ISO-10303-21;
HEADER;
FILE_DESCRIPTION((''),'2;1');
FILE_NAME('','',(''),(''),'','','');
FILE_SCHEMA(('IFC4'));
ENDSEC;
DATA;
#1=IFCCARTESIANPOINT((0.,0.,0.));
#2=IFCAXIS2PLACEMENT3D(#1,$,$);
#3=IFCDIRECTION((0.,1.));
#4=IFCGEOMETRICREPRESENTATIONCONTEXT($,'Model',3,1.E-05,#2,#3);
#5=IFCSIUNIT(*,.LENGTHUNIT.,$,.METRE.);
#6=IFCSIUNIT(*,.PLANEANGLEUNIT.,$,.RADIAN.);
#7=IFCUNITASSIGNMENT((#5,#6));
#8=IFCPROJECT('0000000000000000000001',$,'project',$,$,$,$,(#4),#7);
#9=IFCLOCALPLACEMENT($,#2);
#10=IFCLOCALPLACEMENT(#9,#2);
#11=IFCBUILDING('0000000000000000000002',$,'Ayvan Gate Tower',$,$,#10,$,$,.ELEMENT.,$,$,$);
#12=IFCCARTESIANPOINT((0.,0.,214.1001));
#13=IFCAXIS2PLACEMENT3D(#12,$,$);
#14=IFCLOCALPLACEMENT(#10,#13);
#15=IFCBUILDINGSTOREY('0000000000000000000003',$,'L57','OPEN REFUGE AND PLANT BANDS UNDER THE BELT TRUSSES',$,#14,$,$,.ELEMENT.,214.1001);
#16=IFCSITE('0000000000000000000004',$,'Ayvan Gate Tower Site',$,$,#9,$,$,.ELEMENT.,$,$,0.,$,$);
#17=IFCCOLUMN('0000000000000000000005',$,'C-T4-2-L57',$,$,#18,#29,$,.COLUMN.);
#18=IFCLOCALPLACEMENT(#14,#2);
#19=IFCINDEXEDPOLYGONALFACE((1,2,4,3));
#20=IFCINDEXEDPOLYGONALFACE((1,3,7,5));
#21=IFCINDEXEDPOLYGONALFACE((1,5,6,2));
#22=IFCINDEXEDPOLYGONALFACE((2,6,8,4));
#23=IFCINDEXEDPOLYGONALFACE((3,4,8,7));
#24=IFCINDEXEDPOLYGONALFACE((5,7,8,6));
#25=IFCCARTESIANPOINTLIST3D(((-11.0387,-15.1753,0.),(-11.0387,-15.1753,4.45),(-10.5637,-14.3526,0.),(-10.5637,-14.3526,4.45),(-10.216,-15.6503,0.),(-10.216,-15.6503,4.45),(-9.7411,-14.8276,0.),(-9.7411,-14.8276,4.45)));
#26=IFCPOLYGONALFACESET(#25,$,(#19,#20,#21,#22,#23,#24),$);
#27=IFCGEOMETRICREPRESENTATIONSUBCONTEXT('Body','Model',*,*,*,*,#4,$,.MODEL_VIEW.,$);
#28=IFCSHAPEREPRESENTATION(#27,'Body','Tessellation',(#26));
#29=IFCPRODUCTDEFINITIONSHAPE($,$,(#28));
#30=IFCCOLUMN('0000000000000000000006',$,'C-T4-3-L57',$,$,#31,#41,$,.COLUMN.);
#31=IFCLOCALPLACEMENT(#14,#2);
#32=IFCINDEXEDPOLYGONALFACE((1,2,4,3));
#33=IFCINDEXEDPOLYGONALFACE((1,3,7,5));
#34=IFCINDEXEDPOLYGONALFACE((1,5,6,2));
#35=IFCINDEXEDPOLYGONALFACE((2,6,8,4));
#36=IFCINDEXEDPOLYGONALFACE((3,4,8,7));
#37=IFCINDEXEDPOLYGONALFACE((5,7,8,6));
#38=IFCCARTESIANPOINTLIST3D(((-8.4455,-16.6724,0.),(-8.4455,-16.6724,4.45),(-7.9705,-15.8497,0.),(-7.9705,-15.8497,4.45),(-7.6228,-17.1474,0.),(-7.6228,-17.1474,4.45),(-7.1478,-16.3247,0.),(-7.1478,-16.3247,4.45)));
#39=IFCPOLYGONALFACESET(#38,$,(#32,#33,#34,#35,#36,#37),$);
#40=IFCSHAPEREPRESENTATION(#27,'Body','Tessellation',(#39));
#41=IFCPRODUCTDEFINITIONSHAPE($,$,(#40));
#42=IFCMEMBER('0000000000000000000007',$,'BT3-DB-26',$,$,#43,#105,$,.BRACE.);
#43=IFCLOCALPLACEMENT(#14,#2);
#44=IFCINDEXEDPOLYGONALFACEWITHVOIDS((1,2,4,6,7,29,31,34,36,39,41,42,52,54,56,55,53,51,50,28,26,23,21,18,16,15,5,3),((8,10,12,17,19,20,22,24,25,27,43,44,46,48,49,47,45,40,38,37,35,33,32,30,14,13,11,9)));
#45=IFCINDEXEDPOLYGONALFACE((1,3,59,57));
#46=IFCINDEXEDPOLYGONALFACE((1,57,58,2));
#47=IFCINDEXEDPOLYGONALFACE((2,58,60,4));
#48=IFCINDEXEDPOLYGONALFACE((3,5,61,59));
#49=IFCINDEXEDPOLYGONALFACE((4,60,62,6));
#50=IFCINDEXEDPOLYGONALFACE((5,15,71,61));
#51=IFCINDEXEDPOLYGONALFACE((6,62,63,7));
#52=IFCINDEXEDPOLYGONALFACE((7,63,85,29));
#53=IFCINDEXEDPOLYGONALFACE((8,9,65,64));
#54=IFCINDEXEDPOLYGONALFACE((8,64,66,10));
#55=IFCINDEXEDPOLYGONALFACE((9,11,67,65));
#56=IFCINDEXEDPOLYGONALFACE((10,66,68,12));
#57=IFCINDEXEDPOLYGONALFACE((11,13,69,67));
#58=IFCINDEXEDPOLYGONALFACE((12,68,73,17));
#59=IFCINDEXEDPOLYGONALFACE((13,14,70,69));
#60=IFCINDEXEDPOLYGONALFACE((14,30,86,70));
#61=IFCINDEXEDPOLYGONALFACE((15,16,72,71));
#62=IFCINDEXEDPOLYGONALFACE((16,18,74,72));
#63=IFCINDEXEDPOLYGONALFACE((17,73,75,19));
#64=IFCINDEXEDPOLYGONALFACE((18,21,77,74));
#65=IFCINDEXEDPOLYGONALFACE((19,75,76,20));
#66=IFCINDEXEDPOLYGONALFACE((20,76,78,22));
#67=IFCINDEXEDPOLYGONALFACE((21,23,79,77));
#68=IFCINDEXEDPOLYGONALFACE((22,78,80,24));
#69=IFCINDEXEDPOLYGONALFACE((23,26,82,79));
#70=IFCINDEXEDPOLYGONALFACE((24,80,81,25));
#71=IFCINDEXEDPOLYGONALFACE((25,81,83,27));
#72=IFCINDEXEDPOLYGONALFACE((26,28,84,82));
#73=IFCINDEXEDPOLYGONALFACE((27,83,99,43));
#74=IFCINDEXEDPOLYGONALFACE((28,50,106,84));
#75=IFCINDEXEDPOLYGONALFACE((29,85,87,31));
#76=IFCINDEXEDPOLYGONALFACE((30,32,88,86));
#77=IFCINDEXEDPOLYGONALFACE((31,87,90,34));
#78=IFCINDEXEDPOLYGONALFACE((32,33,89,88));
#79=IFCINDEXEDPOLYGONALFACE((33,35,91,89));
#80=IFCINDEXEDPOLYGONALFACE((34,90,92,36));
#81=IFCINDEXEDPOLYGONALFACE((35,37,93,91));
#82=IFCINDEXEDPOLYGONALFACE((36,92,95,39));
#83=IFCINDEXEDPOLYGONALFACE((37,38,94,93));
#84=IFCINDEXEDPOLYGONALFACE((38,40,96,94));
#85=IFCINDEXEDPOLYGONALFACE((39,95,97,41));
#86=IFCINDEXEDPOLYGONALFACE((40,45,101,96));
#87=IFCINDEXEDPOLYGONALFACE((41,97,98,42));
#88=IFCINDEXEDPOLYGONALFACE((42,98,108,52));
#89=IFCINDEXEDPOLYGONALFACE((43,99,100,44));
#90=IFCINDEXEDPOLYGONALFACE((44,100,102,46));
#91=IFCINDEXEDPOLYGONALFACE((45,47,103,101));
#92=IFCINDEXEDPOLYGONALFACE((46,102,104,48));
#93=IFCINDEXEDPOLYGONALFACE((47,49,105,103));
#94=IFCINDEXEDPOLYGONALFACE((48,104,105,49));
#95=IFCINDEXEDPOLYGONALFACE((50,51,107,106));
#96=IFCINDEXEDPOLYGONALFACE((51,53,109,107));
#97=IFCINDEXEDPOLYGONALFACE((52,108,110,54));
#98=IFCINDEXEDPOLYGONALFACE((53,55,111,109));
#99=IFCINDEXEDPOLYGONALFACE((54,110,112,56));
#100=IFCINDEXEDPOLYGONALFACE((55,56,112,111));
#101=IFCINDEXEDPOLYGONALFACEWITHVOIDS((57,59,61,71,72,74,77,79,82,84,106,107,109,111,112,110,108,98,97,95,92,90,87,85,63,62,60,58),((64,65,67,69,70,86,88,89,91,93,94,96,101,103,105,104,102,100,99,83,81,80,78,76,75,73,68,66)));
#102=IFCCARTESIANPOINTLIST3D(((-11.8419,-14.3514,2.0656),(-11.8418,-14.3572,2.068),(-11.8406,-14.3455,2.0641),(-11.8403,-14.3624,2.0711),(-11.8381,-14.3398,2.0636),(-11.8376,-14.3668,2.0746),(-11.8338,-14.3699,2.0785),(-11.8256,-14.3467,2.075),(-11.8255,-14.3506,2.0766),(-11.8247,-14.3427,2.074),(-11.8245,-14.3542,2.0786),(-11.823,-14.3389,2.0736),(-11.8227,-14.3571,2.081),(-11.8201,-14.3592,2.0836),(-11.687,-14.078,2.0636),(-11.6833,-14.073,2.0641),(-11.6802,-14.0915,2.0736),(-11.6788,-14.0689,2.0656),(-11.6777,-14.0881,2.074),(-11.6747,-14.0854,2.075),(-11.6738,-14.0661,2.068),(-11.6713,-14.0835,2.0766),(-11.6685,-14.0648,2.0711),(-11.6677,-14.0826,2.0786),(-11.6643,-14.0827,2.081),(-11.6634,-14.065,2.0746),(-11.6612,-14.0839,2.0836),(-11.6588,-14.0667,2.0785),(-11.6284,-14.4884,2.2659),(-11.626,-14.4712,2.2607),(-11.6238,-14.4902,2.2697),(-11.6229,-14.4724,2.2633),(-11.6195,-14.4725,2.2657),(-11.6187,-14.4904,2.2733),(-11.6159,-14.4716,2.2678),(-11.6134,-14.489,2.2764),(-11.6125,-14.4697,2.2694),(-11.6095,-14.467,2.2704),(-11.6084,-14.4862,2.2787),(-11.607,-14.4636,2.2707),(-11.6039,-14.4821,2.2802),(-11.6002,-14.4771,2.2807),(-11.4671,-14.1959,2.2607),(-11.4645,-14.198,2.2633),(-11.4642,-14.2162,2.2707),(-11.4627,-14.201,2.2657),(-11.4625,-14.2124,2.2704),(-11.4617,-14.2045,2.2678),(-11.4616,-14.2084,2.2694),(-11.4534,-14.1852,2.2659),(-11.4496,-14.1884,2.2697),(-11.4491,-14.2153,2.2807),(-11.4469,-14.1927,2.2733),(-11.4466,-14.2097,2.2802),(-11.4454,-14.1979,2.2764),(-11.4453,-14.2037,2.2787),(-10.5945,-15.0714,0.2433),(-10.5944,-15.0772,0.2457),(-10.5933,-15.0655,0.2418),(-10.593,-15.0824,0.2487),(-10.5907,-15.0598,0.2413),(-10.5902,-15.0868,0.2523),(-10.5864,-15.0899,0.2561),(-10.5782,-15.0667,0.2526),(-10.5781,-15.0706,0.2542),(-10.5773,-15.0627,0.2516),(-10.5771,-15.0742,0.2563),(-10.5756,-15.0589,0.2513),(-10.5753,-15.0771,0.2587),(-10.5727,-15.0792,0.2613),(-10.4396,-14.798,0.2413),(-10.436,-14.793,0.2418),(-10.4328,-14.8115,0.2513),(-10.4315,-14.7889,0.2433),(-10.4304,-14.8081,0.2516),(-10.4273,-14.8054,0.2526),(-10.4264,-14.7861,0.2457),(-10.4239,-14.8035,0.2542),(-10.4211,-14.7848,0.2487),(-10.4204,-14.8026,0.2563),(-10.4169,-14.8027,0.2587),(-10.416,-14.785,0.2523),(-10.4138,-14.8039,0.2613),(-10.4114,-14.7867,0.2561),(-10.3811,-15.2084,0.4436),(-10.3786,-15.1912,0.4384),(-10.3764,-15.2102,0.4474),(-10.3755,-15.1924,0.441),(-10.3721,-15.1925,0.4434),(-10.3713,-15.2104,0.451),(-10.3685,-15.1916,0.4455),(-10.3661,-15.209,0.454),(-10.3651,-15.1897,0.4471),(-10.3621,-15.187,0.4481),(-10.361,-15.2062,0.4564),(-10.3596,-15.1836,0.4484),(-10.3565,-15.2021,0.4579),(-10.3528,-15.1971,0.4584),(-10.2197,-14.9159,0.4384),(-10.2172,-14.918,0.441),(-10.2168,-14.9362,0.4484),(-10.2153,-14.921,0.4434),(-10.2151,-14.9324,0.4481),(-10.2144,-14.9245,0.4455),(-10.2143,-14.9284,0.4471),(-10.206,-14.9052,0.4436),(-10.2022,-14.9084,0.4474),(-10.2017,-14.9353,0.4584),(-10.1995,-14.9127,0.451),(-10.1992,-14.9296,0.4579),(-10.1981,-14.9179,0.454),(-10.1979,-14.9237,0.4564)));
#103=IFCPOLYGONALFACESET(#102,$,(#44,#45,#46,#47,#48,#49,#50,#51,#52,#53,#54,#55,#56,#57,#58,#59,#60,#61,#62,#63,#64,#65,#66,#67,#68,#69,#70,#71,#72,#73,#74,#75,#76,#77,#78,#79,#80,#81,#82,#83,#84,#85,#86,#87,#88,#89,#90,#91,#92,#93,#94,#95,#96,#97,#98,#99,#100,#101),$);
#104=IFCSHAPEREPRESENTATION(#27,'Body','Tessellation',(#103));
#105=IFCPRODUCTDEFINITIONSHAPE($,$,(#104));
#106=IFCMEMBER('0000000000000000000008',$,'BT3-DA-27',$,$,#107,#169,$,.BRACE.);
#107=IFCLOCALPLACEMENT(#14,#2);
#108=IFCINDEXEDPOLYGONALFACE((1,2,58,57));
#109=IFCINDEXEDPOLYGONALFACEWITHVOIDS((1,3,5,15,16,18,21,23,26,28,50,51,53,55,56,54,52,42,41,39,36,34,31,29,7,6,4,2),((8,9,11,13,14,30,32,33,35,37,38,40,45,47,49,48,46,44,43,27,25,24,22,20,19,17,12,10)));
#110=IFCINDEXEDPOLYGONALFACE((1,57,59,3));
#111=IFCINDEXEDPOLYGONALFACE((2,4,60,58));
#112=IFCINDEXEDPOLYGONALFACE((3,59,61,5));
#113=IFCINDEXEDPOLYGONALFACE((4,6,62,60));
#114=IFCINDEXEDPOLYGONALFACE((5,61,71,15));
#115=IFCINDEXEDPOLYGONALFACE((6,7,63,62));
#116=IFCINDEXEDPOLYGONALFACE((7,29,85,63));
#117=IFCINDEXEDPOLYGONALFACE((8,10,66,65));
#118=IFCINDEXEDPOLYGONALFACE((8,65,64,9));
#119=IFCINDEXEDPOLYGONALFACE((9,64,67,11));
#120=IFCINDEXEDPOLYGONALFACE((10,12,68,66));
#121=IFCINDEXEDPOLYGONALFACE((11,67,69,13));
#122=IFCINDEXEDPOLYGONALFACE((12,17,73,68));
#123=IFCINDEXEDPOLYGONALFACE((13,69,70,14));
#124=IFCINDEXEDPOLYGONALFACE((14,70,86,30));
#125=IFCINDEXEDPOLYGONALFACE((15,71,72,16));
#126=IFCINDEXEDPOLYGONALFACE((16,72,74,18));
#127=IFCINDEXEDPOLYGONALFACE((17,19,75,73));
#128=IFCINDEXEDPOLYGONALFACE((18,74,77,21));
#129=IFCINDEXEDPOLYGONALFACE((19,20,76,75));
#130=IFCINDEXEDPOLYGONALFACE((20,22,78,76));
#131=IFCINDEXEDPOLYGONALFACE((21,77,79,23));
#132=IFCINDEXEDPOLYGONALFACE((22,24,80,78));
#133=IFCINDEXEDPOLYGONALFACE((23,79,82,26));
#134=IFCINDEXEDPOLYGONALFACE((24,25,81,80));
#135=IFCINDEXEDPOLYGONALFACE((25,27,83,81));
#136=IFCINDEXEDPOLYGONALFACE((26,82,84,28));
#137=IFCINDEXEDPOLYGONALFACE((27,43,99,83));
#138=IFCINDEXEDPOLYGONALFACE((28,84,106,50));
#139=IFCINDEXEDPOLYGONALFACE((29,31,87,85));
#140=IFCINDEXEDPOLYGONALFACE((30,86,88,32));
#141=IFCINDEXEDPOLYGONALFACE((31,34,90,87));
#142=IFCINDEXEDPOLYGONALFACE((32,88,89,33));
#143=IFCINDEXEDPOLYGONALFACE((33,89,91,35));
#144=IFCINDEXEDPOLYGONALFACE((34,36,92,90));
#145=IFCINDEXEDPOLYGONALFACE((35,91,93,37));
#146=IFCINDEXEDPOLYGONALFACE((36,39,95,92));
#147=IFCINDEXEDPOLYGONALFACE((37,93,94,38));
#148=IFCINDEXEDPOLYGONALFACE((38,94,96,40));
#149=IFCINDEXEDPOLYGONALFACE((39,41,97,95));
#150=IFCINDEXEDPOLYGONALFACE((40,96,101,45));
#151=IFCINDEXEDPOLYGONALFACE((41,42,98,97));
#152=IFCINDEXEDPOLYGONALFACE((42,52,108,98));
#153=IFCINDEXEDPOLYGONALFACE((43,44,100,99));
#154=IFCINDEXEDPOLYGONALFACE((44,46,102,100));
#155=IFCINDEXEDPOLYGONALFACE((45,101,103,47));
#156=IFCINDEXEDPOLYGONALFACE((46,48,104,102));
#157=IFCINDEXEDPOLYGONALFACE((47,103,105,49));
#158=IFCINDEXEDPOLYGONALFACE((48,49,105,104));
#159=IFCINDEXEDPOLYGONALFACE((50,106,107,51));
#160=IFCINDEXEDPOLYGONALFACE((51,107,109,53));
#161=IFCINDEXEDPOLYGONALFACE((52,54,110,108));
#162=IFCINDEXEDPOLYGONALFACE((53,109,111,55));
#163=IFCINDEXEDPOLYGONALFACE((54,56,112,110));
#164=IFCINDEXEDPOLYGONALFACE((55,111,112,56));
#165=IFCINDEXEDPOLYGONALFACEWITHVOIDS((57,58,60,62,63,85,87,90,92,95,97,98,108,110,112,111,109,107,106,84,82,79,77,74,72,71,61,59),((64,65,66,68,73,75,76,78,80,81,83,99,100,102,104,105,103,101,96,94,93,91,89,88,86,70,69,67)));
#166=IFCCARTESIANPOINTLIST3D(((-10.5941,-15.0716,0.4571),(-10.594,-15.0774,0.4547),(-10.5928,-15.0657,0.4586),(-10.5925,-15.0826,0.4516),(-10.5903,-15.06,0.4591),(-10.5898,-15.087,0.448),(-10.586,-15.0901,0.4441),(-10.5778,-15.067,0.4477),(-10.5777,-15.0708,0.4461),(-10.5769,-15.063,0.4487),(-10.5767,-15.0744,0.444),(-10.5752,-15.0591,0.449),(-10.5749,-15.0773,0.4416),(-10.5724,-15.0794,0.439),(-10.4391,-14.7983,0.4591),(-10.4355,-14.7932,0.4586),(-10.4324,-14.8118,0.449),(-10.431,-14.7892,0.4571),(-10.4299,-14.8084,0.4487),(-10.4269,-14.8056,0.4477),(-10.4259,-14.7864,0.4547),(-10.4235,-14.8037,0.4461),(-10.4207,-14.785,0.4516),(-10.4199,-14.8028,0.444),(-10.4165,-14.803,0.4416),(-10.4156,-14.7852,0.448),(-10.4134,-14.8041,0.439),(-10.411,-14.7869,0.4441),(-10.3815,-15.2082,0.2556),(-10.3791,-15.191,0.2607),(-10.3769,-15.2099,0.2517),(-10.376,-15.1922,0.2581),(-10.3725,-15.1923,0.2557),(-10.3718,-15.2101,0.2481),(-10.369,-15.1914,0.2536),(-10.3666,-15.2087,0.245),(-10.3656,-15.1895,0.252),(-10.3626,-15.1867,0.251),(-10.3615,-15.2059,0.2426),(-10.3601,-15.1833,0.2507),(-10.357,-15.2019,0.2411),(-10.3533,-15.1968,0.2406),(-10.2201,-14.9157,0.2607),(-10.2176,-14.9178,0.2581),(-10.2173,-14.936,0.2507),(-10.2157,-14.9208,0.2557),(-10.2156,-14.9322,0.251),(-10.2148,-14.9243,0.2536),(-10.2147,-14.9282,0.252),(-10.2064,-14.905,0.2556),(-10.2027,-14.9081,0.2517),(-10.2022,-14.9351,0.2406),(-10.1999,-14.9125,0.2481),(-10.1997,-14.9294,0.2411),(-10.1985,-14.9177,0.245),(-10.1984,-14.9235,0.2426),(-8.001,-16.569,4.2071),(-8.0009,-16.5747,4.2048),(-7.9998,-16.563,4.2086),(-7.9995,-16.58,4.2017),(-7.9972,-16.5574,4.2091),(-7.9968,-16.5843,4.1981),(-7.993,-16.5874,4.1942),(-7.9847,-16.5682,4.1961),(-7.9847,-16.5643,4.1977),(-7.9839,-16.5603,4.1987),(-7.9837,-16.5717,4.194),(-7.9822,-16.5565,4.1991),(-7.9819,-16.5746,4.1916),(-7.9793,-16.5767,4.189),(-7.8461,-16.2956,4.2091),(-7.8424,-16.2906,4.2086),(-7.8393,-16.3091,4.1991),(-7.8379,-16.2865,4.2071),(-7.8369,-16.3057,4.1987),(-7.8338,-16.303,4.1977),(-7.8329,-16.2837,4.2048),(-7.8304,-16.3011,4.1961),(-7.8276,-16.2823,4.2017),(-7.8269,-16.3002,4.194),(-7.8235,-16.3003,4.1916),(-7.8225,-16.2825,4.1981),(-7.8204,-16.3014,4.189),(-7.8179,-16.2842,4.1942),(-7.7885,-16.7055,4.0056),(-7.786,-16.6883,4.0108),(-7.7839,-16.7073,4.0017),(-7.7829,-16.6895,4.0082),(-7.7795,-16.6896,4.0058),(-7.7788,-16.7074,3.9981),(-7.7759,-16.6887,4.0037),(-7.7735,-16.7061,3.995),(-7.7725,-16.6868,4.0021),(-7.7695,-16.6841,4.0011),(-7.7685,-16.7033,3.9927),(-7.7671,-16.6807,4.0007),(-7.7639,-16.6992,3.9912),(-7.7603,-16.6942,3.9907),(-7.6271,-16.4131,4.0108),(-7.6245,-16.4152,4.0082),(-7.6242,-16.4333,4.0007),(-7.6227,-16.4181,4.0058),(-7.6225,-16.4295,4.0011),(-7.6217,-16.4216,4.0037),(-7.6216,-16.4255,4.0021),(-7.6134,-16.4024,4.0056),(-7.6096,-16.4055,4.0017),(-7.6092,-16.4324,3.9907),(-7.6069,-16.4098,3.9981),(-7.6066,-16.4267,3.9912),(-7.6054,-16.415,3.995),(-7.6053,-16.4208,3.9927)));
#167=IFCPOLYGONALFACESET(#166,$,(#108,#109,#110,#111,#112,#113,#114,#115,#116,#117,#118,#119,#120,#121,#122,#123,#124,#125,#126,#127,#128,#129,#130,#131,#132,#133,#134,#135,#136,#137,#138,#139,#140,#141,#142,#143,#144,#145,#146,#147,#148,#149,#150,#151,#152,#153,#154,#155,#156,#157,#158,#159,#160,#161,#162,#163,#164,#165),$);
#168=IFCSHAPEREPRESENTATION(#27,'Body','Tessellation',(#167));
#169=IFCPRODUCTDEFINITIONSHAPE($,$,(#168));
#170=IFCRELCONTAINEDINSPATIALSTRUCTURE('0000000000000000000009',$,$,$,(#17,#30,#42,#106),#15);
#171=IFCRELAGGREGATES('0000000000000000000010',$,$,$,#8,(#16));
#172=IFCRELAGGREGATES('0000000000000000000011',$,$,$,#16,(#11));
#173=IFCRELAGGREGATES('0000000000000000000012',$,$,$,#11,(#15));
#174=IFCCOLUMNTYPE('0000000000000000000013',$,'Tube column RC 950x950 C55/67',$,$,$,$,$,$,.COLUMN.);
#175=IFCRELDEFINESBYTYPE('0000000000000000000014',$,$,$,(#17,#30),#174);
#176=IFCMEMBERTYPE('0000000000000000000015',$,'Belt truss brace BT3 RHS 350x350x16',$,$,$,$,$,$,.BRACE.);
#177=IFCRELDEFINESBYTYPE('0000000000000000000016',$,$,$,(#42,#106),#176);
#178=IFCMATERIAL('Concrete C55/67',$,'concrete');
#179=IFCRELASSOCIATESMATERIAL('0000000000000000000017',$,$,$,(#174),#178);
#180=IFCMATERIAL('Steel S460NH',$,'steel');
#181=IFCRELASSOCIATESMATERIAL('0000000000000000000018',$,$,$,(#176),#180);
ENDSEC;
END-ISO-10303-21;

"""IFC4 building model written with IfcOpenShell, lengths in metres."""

from ifc_helpers import new_model, si_unit, direction, frame, origin, origin_2d, place, context, subcontext, project, spatial, rectangle, hollow_rectangle, extrude, material, material_profile, profile_set, type_object, element, save


model = new_model("IFC4")

# Units and contexts
model_context = context("Model", 3, precision=1e-05, world=origin(), true_north=direction((0.0, 1.0)))
body_context = subcontext(model_context, "Body", "Model", "MODEL_VIEW")
ifc_project = project(units=[si_unit("LENGTHUNIT", "METRE"), si_unit("PLANEANGLEUNIT", "RADIAN")], contexts=[model_context])

# Site, building, storey
site_placement = place(None, origin())
site = spatial("IfcSite", under=ifc_project, at=site_placement, Name="Ayvan Gate Tower Site", CompositionType="ELEMENT", RefElevation=0.0)
building_placement = place(site_placement, origin())
building = spatial("IfcBuilding", under=site, at=building_placement, Name="Ayvan Gate Tower", CompositionType="ELEMENT")
storey_placement = place(building_placement, frame((0.0, 0.0, 214.1001)))
storey = spatial("IfcBuildingStorey", under=building, at=storey_placement, Name="L57", Description="OPEN REFUGE AND PLANT BANDS UNDER THE BELT TRUSSES", CompositionType="ELEMENT", Elevation=214.1001)

# Columns
ifc_material_1 = material(Name="Concrete C55/67", Category="concrete")
ifc_material_profile_1 = material_profile(ifc_material_1, rectangle(XDim=0.95, YDim=0.95, at=origin_2d()), Name="RC 950x950")
ifc_profile_set_1 = profile_set([ifc_material_profile_1], Name="Concrete C55/67")
column_type = type_object("IfcColumnType", Name="Tube column RC 950x950 C55/67", PredefinedType="COLUMN", material=ifc_profile_set_1)
for number, where, z_axis, x_axis, name in (
    (1, (-10.3899, -15.0015, 0.0), (0.0, 0.0, 1.0), (-0.5, -0.866025, 0.0), "C-T4-2-L57"),
    (2, (-7.7966, -16.4985, 0.0), (0.0, 0.0, 1.0), (-0.5, -0.866025, 0.0), "C-T4-3-L57"),
):
    element("IfcColumn", number, at=place(storey_placement, frame(where, z_axis=z_axis, x_axis=x_axis)), inside=storey, type_object=column_type, Name=name, PredefinedType="COLUMN", context=body_context, shape_type="SweptSolid", body=[
        extrude(rectangle(XDim=0.95, YDim=0.95, at=origin_2d()), origin(), (0.0, 0.0, 1.0), 4.45),
    ])

# Members
ifc_material_2 = material(Name="Steel S460NH", Category="steel")
ifc_material_profile_2 = material_profile(ifc_material_2, hollow_rectangle(XDim=0.3501, YDim=0.3501, WallThickness=0.0161, InnerFilletRadius=0.0161, OuterFilletRadius=0.0239, at=origin_2d()), Name="RHS 350x350x16")
ifc_profile_set_2 = profile_set([ifc_material_profile_2], Name="Steel S460NH")
member_type_1 = type_object("IfcMemberType", Name="Belt truss brace BT3 RHS 350x350x16", PredefinedType="BRACE", material=ifc_profile_set_2)
member_1_placement = place(storey_placement, frame((-10.3962, -14.9976, 0.3499), z_axis=(-0.537017, 0.309975, 0.784556), x_axis=(-0.499913, -0.866075, 0.0)))
element("IfcMember", 3, at=member_1_placement, inside=storey, type_object=member_type_1, Name="BT3-DB-26", PredefinedType="BRACE", context=body_context, shape_type="SweptSolid", body=[
    extrude(hollow_rectangle(XDim=0.3501, YDim=0.3501, WallThickness=0.0161, InnerFilletRadius=0.0161, OuterFilletRadius=0.0239, at=origin_2d()), origin(), (0.0, 0.0, 1.0), 2.3228),
])
member_2_placement = place(storey_placement, frame((-10.3962, -14.9976, 0.3499), z_axis=(0.54035, -0.31202, 0.78145), x_axis=(0.500059, 0.865991, 0.0)))
element("IfcMember", 4, at=member_2_placement, inside=storey, type_object=member_type_1, Name="BT3-DA-27", PredefinedType="BRACE", context=body_context, shape_type="SweptSolid", body=[
    extrude(hollow_rectangle(XDim=0.3501, YDim=0.3501, WallThickness=0.0161, InnerFilletRadius=0.0161, OuterFilletRadius=0.0239, at=origin_2d()), origin(), (0.0, 0.0, 1.0), 4.7988),
])

save(model, "model.ifc")
